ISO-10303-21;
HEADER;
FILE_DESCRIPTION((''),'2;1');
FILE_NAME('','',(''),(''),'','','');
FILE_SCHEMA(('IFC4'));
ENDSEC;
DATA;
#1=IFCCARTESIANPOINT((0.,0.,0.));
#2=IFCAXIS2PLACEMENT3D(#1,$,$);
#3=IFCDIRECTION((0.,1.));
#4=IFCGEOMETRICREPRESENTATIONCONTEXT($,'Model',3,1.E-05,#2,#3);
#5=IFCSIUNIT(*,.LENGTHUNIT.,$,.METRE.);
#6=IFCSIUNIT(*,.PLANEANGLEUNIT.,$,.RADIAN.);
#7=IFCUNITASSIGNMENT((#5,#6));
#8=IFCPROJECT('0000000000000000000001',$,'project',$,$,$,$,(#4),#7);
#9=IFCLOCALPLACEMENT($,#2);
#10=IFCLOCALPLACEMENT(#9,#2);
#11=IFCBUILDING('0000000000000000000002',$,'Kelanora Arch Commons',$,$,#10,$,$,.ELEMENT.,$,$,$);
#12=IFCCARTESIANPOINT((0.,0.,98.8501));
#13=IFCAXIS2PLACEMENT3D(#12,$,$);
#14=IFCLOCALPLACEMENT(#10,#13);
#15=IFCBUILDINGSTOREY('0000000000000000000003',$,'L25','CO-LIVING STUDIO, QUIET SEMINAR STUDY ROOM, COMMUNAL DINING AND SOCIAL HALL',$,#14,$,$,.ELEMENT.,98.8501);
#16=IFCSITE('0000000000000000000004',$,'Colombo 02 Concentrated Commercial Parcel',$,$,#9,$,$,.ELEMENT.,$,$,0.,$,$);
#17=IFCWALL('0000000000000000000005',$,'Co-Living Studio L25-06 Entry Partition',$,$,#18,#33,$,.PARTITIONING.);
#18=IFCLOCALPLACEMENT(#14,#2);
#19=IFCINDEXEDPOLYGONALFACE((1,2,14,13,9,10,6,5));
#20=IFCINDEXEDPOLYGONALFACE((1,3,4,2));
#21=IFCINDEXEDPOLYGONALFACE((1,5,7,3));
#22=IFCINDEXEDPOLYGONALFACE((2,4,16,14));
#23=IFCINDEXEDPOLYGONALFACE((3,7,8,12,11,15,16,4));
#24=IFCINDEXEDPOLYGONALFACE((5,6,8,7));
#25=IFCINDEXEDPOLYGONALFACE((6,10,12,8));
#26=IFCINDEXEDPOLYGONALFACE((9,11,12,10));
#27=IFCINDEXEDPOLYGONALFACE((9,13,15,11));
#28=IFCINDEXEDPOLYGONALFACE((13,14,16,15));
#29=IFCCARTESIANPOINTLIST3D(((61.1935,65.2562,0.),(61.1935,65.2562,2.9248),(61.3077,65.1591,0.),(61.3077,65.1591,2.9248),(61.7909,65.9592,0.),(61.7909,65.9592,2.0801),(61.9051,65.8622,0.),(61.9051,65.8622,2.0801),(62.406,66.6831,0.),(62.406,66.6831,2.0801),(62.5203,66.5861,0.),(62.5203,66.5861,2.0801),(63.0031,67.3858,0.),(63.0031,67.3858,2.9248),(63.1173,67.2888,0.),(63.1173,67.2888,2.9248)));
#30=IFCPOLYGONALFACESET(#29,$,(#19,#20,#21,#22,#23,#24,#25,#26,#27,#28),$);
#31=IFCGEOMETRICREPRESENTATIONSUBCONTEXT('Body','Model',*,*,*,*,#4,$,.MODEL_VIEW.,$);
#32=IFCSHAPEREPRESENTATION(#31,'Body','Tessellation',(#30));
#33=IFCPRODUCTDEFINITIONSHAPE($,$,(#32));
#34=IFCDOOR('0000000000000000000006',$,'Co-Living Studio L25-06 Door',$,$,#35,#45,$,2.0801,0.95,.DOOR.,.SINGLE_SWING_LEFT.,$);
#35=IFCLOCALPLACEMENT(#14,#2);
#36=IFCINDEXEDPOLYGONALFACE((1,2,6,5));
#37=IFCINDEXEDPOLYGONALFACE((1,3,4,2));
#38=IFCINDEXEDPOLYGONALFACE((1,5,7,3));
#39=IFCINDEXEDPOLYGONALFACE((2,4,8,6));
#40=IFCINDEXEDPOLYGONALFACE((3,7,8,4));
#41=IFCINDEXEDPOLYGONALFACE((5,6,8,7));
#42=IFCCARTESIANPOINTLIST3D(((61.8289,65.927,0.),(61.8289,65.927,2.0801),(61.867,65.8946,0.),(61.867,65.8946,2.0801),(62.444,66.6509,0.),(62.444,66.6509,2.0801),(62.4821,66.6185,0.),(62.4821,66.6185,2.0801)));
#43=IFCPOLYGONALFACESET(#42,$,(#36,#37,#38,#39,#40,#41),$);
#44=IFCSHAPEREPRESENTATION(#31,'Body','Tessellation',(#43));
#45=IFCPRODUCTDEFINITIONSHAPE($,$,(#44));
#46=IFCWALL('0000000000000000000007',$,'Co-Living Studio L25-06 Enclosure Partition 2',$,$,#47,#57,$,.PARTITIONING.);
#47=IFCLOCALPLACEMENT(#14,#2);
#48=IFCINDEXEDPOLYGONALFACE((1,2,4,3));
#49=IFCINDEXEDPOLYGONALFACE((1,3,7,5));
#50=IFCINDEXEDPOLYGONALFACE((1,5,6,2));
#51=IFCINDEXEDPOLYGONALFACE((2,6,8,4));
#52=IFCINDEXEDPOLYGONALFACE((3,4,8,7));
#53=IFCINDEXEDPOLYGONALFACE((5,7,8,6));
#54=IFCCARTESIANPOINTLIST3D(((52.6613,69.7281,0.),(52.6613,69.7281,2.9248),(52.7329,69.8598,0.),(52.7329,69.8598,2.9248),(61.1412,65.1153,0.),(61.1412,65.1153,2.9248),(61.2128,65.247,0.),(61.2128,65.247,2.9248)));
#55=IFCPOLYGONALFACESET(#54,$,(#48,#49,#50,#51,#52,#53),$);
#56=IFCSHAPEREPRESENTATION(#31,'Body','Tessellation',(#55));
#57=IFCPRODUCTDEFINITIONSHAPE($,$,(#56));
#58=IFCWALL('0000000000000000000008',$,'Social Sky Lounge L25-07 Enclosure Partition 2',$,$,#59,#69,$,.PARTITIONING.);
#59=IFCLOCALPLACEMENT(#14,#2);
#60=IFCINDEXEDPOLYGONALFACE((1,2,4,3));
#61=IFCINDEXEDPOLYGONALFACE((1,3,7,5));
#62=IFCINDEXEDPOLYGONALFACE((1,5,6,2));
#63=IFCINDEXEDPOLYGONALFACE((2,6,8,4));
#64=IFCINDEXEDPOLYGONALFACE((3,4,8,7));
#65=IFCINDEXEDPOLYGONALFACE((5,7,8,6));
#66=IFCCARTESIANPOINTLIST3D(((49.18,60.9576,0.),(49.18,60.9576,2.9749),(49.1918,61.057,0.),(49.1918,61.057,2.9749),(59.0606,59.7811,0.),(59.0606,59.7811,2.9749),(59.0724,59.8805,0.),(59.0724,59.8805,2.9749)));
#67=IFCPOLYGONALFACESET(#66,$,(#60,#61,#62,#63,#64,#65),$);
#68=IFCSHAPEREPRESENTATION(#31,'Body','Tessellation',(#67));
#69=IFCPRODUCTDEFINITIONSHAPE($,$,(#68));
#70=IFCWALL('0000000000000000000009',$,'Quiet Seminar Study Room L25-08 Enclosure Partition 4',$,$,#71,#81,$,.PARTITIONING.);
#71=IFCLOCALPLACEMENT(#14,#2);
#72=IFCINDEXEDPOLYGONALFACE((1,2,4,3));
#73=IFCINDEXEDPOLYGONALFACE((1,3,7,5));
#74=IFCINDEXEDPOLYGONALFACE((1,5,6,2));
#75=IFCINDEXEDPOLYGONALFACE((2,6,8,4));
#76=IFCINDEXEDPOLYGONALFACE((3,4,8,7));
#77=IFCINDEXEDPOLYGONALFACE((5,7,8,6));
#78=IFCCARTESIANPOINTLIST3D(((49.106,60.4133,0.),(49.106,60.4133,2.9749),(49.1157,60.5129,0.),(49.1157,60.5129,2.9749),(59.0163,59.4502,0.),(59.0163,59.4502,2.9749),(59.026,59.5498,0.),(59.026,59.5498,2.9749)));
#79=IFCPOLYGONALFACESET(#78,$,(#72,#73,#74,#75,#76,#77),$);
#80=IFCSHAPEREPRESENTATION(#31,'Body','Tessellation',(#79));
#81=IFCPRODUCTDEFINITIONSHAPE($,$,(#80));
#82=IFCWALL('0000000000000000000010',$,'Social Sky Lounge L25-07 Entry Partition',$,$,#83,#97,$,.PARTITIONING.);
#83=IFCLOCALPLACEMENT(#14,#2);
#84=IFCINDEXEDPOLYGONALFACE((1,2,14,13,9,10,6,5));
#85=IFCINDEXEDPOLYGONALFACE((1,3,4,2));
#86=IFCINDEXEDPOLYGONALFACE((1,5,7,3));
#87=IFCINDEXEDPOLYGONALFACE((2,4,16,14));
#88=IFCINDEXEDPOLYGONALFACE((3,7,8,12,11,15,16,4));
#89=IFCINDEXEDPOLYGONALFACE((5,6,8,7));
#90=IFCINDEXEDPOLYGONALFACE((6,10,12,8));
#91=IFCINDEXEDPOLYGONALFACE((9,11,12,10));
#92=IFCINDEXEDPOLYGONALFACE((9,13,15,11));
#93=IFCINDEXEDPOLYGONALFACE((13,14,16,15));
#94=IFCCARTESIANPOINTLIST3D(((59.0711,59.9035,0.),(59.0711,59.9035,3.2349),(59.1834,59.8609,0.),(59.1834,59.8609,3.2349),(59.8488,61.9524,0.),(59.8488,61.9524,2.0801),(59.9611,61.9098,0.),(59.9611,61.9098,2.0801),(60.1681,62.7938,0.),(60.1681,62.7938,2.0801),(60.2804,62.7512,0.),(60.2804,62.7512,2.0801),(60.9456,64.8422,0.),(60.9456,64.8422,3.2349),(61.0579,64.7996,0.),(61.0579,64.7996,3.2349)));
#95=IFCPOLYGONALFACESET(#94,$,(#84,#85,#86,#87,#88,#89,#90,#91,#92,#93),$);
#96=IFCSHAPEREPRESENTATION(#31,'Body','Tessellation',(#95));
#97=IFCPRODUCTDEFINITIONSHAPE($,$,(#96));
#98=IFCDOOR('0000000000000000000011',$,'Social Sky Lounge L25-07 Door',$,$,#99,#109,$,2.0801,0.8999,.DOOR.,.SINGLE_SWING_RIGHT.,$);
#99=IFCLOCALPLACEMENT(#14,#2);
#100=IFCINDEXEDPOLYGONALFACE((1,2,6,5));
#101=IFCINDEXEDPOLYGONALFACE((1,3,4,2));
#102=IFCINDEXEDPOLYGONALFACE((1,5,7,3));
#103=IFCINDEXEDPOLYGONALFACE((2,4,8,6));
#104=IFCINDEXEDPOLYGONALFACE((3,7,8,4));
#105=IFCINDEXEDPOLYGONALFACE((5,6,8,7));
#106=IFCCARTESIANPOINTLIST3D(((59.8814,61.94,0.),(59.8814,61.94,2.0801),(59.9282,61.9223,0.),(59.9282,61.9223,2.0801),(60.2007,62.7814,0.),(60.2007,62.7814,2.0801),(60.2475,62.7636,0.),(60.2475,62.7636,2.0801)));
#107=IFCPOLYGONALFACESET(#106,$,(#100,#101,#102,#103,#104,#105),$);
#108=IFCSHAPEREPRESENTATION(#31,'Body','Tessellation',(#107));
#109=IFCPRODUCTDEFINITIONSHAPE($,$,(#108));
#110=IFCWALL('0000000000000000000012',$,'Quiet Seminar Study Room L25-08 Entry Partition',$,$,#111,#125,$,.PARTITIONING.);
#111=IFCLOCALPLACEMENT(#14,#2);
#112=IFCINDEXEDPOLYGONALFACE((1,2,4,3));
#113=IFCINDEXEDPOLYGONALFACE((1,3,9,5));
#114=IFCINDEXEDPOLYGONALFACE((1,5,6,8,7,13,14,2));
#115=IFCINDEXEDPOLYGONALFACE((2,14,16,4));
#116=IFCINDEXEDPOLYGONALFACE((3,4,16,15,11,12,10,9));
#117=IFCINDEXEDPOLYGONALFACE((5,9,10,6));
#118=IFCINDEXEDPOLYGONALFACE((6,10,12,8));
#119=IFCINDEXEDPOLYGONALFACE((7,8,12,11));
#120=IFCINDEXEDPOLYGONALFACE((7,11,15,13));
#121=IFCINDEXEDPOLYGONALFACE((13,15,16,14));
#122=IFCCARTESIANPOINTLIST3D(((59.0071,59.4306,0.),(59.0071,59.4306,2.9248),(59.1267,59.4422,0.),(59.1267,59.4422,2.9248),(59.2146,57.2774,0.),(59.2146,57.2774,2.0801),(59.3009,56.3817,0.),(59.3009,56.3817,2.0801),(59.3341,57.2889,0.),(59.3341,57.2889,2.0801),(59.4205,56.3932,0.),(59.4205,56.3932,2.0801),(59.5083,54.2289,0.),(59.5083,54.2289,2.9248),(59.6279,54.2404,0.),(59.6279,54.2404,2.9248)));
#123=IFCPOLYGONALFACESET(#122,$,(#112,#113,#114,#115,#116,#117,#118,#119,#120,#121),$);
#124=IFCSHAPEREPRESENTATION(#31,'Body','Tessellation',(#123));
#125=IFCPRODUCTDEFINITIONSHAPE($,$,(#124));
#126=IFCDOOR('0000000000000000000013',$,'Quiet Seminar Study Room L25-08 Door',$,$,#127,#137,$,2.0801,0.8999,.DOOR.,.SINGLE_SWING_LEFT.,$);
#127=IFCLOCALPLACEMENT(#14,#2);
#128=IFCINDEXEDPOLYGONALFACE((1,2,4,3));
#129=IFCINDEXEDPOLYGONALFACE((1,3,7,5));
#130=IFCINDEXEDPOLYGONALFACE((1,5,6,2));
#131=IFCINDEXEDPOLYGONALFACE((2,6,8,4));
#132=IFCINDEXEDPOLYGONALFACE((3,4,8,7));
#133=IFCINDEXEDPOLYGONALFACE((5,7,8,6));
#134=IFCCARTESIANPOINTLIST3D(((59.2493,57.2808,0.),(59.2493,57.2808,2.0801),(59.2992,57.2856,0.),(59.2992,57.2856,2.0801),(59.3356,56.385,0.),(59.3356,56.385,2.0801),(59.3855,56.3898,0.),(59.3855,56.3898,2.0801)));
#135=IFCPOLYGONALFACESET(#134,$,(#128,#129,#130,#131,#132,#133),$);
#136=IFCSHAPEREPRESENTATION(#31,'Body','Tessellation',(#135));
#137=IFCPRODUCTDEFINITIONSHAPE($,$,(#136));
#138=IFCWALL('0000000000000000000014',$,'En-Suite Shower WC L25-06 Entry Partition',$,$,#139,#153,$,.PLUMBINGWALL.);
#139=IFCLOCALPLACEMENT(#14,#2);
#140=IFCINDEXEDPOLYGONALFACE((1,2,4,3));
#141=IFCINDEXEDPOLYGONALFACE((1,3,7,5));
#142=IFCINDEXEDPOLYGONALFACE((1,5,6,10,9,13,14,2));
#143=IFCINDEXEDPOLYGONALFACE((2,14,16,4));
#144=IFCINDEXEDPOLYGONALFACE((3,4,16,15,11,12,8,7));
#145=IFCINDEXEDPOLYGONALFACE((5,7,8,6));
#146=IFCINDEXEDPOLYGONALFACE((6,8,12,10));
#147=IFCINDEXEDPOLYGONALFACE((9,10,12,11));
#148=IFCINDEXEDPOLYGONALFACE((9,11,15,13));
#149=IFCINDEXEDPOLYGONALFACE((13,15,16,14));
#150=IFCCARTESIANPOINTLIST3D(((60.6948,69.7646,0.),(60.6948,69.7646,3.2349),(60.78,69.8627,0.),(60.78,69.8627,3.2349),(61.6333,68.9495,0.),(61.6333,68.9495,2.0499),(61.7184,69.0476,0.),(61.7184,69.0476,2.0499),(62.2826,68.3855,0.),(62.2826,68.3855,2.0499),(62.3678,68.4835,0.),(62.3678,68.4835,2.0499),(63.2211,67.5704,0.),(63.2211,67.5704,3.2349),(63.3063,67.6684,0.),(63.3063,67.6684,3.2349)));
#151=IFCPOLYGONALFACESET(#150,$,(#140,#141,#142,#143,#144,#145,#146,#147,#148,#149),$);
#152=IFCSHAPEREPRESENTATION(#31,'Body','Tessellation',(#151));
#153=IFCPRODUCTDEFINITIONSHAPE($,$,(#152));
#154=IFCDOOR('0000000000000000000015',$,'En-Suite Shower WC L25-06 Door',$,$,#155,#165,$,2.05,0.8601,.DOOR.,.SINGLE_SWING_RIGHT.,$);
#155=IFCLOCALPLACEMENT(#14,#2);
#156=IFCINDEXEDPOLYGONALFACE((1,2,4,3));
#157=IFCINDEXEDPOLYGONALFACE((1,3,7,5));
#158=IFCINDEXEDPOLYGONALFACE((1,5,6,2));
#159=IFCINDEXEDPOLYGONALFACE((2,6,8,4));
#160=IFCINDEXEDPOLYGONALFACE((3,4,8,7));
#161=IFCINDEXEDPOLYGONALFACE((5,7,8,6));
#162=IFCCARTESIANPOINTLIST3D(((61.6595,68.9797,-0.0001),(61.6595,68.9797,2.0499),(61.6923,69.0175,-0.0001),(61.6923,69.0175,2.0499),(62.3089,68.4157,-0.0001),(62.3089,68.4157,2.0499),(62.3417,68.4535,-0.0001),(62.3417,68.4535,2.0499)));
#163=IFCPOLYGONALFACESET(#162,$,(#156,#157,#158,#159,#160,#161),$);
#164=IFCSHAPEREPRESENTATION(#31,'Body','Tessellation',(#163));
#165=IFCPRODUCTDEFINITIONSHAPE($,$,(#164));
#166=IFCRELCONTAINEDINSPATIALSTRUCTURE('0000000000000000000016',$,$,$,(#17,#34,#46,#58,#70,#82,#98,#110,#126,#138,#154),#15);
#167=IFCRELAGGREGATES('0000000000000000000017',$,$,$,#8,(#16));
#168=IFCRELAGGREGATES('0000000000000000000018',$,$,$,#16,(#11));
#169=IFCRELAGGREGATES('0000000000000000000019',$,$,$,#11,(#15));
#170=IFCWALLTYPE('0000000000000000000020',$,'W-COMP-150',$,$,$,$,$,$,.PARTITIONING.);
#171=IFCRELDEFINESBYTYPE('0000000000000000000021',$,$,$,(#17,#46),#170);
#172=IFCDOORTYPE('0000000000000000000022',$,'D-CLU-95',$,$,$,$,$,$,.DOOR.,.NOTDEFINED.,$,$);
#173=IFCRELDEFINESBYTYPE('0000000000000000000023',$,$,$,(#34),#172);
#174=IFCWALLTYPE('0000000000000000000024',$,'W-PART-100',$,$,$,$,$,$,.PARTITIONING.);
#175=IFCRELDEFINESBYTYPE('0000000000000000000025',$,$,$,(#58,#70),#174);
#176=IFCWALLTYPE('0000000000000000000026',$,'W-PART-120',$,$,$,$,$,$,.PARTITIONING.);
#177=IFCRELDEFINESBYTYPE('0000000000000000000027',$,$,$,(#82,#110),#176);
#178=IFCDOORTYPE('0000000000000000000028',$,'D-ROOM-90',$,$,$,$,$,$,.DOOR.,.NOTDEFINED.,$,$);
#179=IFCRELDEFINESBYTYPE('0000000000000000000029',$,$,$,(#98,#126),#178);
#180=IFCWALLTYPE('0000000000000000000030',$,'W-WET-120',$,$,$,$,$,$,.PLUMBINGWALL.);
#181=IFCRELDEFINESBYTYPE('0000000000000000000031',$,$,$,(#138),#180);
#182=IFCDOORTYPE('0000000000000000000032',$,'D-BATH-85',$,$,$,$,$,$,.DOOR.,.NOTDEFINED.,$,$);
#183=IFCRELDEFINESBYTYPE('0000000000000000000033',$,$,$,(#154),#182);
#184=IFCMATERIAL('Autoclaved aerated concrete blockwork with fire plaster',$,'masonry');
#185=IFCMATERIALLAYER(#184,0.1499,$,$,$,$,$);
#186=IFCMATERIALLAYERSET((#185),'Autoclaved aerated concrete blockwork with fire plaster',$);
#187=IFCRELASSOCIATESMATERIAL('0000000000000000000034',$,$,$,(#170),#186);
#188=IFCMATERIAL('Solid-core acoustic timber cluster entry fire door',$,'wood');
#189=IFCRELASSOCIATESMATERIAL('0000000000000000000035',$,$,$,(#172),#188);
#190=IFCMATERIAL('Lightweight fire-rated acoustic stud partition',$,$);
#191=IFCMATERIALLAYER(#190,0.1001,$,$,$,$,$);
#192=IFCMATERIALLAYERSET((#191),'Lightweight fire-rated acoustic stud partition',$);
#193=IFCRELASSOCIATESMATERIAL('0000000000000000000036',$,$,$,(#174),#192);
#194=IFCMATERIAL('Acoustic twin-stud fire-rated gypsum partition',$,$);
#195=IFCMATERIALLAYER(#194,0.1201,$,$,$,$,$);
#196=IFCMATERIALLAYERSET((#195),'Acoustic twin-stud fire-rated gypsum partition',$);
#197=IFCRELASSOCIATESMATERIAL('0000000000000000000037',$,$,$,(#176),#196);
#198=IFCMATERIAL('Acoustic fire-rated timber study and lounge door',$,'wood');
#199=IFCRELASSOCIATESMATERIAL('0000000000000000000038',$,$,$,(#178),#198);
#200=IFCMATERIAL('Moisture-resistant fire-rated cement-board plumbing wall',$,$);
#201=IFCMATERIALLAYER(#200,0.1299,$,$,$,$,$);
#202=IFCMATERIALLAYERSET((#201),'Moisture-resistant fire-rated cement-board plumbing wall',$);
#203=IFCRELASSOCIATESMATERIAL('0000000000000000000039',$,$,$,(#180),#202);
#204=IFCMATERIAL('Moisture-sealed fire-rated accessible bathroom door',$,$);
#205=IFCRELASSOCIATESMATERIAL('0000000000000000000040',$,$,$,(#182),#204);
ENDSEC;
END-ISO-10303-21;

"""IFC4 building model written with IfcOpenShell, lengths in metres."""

from ifc_helpers import new_model, si_unit, direction, frame, frame_2d, origin, place, context, subcontext, project, spatial, rectangle, extrude, material, layer, layer_set, type_object, element, fill, save


model = new_model("IFC4")

# Units and contexts
model_context = context("Model", 3, precision=1e-05, world=origin(), true_north=direction((0.0, 1.0)))
body_context = subcontext(model_context, "Body", "Model", "MODEL_VIEW")
ifc_project = project(units=[si_unit("LENGTHUNIT", "METRE"), si_unit("PLANEANGLEUNIT", "RADIAN")], contexts=[model_context])

# Site, building, storey
site_placement = place(None, origin())
site = spatial("IfcSite", under=ifc_project, at=site_placement, Name="Colombo 02 Concentrated Commercial Parcel", CompositionType="ELEMENT", RefElevation=0.0)
building_placement = place(site_placement, origin())
building = spatial("IfcBuilding", under=site, at=building_placement, Name="Kelanora Arch Commons", CompositionType="ELEMENT")
storey_placement = place(building_placement, frame((0.0, 0.0, 98.8501)))
storey = spatial("IfcBuildingStorey", under=building, at=storey_placement, Name="L25", Description="CO-LIVING STUDIO, QUIET SEMINAR STUDY ROOM, COMMUNAL DINING AND SOCIAL HALL", CompositionType="ELEMENT", Elevation=98.8501)

# Wall, opening, door
ifc_material_1 = material(Name="Autoclaved aerated concrete blockwork with fire plaster", Category="masonry")
ifc_layer_1 = layer(ifc_material_1, 0.1499)
ifc_layer_set_1 = layer_set([ifc_layer_1], Name="Autoclaved aerated concrete blockwork with fire plaster")
wall_type_1 = type_object("IfcWallType", Name="W-COMP-150", PredefinedType="PARTITIONING", material=ifc_layer_set_1)
wall_1_placement = place(storey_placement, frame((63.0603, 67.3374, 0.0), z_axis=(0.0, 0.0, 1.0), x_axis=(-0.647519, -0.762049, 0.0)))
wall_1 = element("IfcWall", 1, at=wall_1_placement, inside=storey, type_object=wall_type_1, Name="Co-Living Studio L25-06 Entry Partition", PredefinedType="PARTITIONING", context=body_context, shape_type="SweptSolid", body=[
    extrude(rectangle(XDim=2.7947, YDim=0.1499, at=frame_2d((1.3975, 0.0))), origin(), (0.0, 0.0, 1.0), 2.9248),
])
opening_1_placement = place(wall_1_placement, frame((0.9221, 0.0, 0.0)))
opening_1 = element("IfcOpeningElement", 2, at=opening_1_placement, cuts=wall_1, PredefinedType="OPENING", context=body_context, shape_type="SweptSolid", body=[
    extrude(rectangle(XDim=0.95, YDim=2.0801, at=frame_2d((0.4751, 1.04))), frame((0.0, 0.085, 0.0), z_axis=(0.0, -1.0, 0.0), x_axis=(1.0, 0.0, 0.0)), (0.0, 0.0, 1.0), 0.1699),
])
ifc_material_2 = material(Name="Solid-core acoustic timber cluster entry fire door", Category="wood")
door_type_1 = type_object("IfcDoorType", Name="D-CLU-95", OperationType="NOTDEFINED", PredefinedType="DOOR", material=ifc_material_2)
door_1_placement = place(opening_1_placement, origin())
door_1 = element("IfcDoor", 3, at=door_1_placement, inside=storey, type_object=door_type_1, Name="Co-Living Studio L25-06 Door", OperationType="SINGLE_SWING_LEFT", OverallHeight=2.0801, OverallWidth=0.95, PredefinedType="DOOR", context=body_context, shape_type="SweptSolid", body=[
    extrude(rectangle(XDim=0.95, YDim=2.0801, at=frame_2d((0.4751, 1.04))), frame((0.0, 0.0249, 0.0), z_axis=(0.0, -1.0, 0.0), x_axis=(1.0, 0.0, 0.0)), (0.0, 0.0, 1.0), 0.05),
])
fill(opening_1, door_1)

# Walls
wall_2_placement = place(storey_placement, frame((61.177, 65.1812, 0.0), z_axis=(0.0, 0.0, 1.0), x_axis=(-0.878446, 0.477842, 0.0)))
element("IfcWall", 4, at=wall_2_placement, inside=storey, type_object=wall_type_1, Name="Co-Living Studio L25-06 Enclosure Partition 2", PredefinedType="PARTITIONING", context=body_context, shape_type="SweptSolid", body=[
    extrude(rectangle(XDim=9.6533, YDim=0.1499, at=frame_2d((4.8267, 0.0))), origin(), (0.0, 0.0, 1.0), 2.9248),
])
ifc_material_3 = material(Name="Lightweight fire-rated acoustic stud partition")
ifc_layer_2 = layer(ifc_material_3, 0.1001)
ifc_layer_set_2 = layer_set([ifc_layer_2], Name="Lightweight fire-rated acoustic stud partition")
wall_type_2 = type_object("IfcWallType", Name="W-PART-100", PredefinedType="PARTITIONING", material=ifc_layer_set_2)
wall_3_placement = place(storey_placement, frame((59.0664, 59.8308, 0.0), z_axis=(0.0, 0.0, 1.0), x_axis=(-0.992985, 0.118238, 0.0)))
element("IfcWall", 5, at=wall_3_placement, inside=storey, type_object=wall_type_2, Name="Social Sky Lounge L25-07 Enclosure Partition 2", PredefinedType="PARTITIONING", context=body_context, shape_type="SweptSolid", body=[
    extrude(rectangle(XDim=9.9504, YDim=0.1001, at=frame_2d((4.9751, 0.0))), origin(), (0.0, 0.0, 1.0), 2.9749),
])
wall_4_placement = place(storey_placement, frame((49.1108, 60.4631, 0.0), z_axis=(0.0, 0.0, 1.0), x_axis=(0.995311, -0.096729, 0.0)))
element("IfcWall", 6, at=wall_4_placement, inside=storey, type_object=wall_type_2, Name="Quiet Seminar Study Room L25-08 Enclosure Partition 4", PredefinedType="PARTITIONING", context=body_context, shape_type="SweptSolid", body=[
    extrude(rectangle(XDim=9.957, YDim=0.1001, at=frame_2d((4.9785, 0.0))), origin(), (0.0, 0.0, 1.0), 2.9749),
])

# Walls, openings, doors
ifc_material_4 = material(Name="Acoustic twin-stud fire-rated gypsum partition")
ifc_layer_3 = layer(ifc_material_4, 0.1201)
ifc_layer_set_3 = layer_set([ifc_layer_3], Name="Acoustic twin-stud fire-rated gypsum partition")
wall_type_3 = type_object("IfcWallType", Name="W-PART-120", PredefinedType="PARTITIONING", material=ifc_layer_set_3)
wall_5_placement = place(storey_placement, frame((61.0017, 64.8208, 0.0), z_axis=(0.0, 0.0, 1.0), x_axis=(-0.354853, -0.934922, 0.0)))
wall_5 = element("IfcWall", 7, at=wall_5_placement, inside=storey, type_object=wall_type_3, Name="Social Sky Lounge L25-07 Entry Partition", PredefinedType="PARTITIONING", context=body_context, shape_type="SweptSolid", body=[
    extrude(rectangle(XDim=5.2825, YDim=0.1201, at=frame_2d((2.6411, 0.0))), origin(), (0.0, 0.0, 1.0), 3.2349),
])
opening_2_placement = place(wall_5_placement, frame((2.1909, 0.0, 0.0)))
opening_2 = element("IfcOpeningElement", 8, at=opening_2_placement, cuts=wall_5, PredefinedType="OPENING", context=body_context, shape_type="SweptSolid", body=[
    extrude(rectangle(XDim=0.8999, YDim=2.0801, at=frame_2d((0.45, 1.04))), frame((0.0, 0.0701, 0.0), z_axis=(0.0, -1.0, 0.0), x_axis=(1.0, 0.0, 0.0)), (0.0, 0.0, 1.0), 0.1401),
])
ifc_material_5 = material(Name="Acoustic fire-rated timber study and lounge door", Category="wood")
door_type_2 = type_object("IfcDoorType", Name="D-ROOM-90", OperationType="NOTDEFINED", PredefinedType="DOOR", material=ifc_material_5)
door_2_placement = place(opening_2_placement, origin())
door_2 = element("IfcDoor", 9, at=door_2_placement, inside=storey, type_object=door_type_2, Name="Social Sky Lounge L25-07 Door", OperationType="SINGLE_SWING_RIGHT", OverallHeight=2.0801, OverallWidth=0.8999, PredefinedType="DOOR", context=body_context, shape_type="SweptSolid", body=[
    extrude(rectangle(XDim=0.8999, YDim=2.0801, at=frame_2d((0.45, 1.04))), frame((0.0, 0.0249, 0.0), z_axis=(0.0, -1.0, 0.0), x_axis=(1.0, 0.0, 0.0)), (0.0, 0.0, 1.0), 0.05),
])
fill(opening_2, door_2)
wall_6_placement = place(storey_placement, frame((59.0669, 59.4363, 0.0), z_axis=(0.0, 0.0, 1.0), x_axis=(0.095914, -0.99539, 0.0)))
wall_6 = element("IfcWall", 10, at=wall_6_placement, inside=storey, type_object=wall_type_3, Name="Quiet Seminar Study Room L25-08 Entry Partition", PredefinedType="PARTITIONING", context=body_context, shape_type="SweptSolid", body=[
    extrude(rectangle(XDim=5.2258, YDim=0.1201, at=frame_2d((2.6128, 0.0))), origin(), (0.0, 0.0, 1.0), 2.9248),
])
opening_3_placement = place(wall_6_placement, frame((2.1631, 0.0, 0.0)))
opening_3 = element("IfcOpeningElement", 11, at=opening_3_placement, cuts=wall_6, PredefinedType="OPENING", context=body_context, shape_type="SweptSolid", body=[
    extrude(rectangle(XDim=0.8999, YDim=2.0801, at=frame_2d((0.45, 1.04))), frame((0.0, 0.0701, 0.0), z_axis=(0.0, -1.0, 0.0), x_axis=(1.0, 0.0, 0.0)), (0.0, 0.0, 1.0), 0.1401),
])
door_3_placement = place(opening_3_placement, origin())
door_3 = element("IfcDoor", 12, at=door_3_placement, inside=storey, type_object=door_type_2, Name="Quiet Seminar Study Room L25-08 Door", OperationType="SINGLE_SWING_LEFT", OverallHeight=2.0801, OverallWidth=0.8999, PredefinedType="DOOR", context=body_context, shape_type="SweptSolid", body=[
    extrude(rectangle(XDim=0.8999, YDim=2.0801, at=frame_2d((0.45, 1.04))), frame((0.0, 0.0249, 0.0), z_axis=(0.0, -1.0, 0.0), x_axis=(1.0, 0.0, 0.0)), (0.0, 0.0, 1.0), 0.05),
])
fill(opening_3, door_3)
ifc_material_6 = material(Name="Moisture-resistant fire-rated cement-board plumbing wall")
ifc_layer_4 = layer(ifc_material_6, 0.1299)
ifc_layer_set_4 = layer_set([ifc_layer_4], Name="Moisture-resistant fire-rated cement-board plumbing wall")
wall_type_4 = type_object("IfcWallType", Name="W-WET-120", PredefinedType="PLUMBINGWALL", material=ifc_layer_set_4)
wall_7_placement = place(storey_placement, frame((63.2637, 67.6194, 0.0), z_axis=(0.0, 0.0, 1.0), x_axis=(-0.754976, 0.655752, 0.0)))
wall_7 = element("IfcWall", 13, at=wall_7_placement, inside=storey, type_object=wall_type_4, Name="En-Suite Shower WC L25-06 Entry Partition", PredefinedType="PLUMBINGWALL", context=body_context, shape_type="SweptSolid", body=[
    extrude(rectangle(XDim=3.3462, YDim=0.1299, at=frame_2d((1.6731, 0.0))), origin(), (0.0, 0.0, 1.0), 3.2349),
])
opening_4_placement = place(wall_7_placement, frame((1.2429, 0.0, 0.0)))
opening_4 = element("IfcOpeningElement", 14, at=opening_4_placement, cuts=wall_7, PredefinedType="OPENING", context=body_context, shape_type="SweptSolid", body=[
    extrude(rectangle(XDim=0.8601, YDim=2.05, at=frame_2d((0.4302, 1.0249))), frame((0.0, 0.075, 0.0), z_axis=(0.0, -1.0, 0.0), x_axis=(1.0, 0.0, 0.0)), (0.0, 0.0, 1.0), 0.1499),
])
ifc_material_7 = material(Name="Moisture-sealed fire-rated accessible bathroom door")
door_type_3 = type_object("IfcDoorType", Name="D-BATH-85", OperationType="NOTDEFINED", PredefinedType="DOOR", material=ifc_material_7)
door_4_placement = place(opening_4_placement, origin())
door_4 = element("IfcDoor", 15, at=door_4_placement, inside=storey, type_object=door_type_3, Name="En-Suite Shower WC L25-06 Door", OperationType="SINGLE_SWING_RIGHT", OverallHeight=2.05, OverallWidth=0.8601, PredefinedType="DOOR", context=body_context, shape_type="SweptSolid", body=[
    extrude(rectangle(XDim=0.8601, YDim=2.05, at=frame_2d((0.4302, 1.0249))), frame((0.0, 0.0249, 0.0), z_axis=(0.0, -1.0, 0.0), x_axis=(1.0, 0.0, 0.0)), (0.0, 0.0, 1.0), 0.05),
])
fill(opening_4, door_4)

save(model, "model.ifc")
